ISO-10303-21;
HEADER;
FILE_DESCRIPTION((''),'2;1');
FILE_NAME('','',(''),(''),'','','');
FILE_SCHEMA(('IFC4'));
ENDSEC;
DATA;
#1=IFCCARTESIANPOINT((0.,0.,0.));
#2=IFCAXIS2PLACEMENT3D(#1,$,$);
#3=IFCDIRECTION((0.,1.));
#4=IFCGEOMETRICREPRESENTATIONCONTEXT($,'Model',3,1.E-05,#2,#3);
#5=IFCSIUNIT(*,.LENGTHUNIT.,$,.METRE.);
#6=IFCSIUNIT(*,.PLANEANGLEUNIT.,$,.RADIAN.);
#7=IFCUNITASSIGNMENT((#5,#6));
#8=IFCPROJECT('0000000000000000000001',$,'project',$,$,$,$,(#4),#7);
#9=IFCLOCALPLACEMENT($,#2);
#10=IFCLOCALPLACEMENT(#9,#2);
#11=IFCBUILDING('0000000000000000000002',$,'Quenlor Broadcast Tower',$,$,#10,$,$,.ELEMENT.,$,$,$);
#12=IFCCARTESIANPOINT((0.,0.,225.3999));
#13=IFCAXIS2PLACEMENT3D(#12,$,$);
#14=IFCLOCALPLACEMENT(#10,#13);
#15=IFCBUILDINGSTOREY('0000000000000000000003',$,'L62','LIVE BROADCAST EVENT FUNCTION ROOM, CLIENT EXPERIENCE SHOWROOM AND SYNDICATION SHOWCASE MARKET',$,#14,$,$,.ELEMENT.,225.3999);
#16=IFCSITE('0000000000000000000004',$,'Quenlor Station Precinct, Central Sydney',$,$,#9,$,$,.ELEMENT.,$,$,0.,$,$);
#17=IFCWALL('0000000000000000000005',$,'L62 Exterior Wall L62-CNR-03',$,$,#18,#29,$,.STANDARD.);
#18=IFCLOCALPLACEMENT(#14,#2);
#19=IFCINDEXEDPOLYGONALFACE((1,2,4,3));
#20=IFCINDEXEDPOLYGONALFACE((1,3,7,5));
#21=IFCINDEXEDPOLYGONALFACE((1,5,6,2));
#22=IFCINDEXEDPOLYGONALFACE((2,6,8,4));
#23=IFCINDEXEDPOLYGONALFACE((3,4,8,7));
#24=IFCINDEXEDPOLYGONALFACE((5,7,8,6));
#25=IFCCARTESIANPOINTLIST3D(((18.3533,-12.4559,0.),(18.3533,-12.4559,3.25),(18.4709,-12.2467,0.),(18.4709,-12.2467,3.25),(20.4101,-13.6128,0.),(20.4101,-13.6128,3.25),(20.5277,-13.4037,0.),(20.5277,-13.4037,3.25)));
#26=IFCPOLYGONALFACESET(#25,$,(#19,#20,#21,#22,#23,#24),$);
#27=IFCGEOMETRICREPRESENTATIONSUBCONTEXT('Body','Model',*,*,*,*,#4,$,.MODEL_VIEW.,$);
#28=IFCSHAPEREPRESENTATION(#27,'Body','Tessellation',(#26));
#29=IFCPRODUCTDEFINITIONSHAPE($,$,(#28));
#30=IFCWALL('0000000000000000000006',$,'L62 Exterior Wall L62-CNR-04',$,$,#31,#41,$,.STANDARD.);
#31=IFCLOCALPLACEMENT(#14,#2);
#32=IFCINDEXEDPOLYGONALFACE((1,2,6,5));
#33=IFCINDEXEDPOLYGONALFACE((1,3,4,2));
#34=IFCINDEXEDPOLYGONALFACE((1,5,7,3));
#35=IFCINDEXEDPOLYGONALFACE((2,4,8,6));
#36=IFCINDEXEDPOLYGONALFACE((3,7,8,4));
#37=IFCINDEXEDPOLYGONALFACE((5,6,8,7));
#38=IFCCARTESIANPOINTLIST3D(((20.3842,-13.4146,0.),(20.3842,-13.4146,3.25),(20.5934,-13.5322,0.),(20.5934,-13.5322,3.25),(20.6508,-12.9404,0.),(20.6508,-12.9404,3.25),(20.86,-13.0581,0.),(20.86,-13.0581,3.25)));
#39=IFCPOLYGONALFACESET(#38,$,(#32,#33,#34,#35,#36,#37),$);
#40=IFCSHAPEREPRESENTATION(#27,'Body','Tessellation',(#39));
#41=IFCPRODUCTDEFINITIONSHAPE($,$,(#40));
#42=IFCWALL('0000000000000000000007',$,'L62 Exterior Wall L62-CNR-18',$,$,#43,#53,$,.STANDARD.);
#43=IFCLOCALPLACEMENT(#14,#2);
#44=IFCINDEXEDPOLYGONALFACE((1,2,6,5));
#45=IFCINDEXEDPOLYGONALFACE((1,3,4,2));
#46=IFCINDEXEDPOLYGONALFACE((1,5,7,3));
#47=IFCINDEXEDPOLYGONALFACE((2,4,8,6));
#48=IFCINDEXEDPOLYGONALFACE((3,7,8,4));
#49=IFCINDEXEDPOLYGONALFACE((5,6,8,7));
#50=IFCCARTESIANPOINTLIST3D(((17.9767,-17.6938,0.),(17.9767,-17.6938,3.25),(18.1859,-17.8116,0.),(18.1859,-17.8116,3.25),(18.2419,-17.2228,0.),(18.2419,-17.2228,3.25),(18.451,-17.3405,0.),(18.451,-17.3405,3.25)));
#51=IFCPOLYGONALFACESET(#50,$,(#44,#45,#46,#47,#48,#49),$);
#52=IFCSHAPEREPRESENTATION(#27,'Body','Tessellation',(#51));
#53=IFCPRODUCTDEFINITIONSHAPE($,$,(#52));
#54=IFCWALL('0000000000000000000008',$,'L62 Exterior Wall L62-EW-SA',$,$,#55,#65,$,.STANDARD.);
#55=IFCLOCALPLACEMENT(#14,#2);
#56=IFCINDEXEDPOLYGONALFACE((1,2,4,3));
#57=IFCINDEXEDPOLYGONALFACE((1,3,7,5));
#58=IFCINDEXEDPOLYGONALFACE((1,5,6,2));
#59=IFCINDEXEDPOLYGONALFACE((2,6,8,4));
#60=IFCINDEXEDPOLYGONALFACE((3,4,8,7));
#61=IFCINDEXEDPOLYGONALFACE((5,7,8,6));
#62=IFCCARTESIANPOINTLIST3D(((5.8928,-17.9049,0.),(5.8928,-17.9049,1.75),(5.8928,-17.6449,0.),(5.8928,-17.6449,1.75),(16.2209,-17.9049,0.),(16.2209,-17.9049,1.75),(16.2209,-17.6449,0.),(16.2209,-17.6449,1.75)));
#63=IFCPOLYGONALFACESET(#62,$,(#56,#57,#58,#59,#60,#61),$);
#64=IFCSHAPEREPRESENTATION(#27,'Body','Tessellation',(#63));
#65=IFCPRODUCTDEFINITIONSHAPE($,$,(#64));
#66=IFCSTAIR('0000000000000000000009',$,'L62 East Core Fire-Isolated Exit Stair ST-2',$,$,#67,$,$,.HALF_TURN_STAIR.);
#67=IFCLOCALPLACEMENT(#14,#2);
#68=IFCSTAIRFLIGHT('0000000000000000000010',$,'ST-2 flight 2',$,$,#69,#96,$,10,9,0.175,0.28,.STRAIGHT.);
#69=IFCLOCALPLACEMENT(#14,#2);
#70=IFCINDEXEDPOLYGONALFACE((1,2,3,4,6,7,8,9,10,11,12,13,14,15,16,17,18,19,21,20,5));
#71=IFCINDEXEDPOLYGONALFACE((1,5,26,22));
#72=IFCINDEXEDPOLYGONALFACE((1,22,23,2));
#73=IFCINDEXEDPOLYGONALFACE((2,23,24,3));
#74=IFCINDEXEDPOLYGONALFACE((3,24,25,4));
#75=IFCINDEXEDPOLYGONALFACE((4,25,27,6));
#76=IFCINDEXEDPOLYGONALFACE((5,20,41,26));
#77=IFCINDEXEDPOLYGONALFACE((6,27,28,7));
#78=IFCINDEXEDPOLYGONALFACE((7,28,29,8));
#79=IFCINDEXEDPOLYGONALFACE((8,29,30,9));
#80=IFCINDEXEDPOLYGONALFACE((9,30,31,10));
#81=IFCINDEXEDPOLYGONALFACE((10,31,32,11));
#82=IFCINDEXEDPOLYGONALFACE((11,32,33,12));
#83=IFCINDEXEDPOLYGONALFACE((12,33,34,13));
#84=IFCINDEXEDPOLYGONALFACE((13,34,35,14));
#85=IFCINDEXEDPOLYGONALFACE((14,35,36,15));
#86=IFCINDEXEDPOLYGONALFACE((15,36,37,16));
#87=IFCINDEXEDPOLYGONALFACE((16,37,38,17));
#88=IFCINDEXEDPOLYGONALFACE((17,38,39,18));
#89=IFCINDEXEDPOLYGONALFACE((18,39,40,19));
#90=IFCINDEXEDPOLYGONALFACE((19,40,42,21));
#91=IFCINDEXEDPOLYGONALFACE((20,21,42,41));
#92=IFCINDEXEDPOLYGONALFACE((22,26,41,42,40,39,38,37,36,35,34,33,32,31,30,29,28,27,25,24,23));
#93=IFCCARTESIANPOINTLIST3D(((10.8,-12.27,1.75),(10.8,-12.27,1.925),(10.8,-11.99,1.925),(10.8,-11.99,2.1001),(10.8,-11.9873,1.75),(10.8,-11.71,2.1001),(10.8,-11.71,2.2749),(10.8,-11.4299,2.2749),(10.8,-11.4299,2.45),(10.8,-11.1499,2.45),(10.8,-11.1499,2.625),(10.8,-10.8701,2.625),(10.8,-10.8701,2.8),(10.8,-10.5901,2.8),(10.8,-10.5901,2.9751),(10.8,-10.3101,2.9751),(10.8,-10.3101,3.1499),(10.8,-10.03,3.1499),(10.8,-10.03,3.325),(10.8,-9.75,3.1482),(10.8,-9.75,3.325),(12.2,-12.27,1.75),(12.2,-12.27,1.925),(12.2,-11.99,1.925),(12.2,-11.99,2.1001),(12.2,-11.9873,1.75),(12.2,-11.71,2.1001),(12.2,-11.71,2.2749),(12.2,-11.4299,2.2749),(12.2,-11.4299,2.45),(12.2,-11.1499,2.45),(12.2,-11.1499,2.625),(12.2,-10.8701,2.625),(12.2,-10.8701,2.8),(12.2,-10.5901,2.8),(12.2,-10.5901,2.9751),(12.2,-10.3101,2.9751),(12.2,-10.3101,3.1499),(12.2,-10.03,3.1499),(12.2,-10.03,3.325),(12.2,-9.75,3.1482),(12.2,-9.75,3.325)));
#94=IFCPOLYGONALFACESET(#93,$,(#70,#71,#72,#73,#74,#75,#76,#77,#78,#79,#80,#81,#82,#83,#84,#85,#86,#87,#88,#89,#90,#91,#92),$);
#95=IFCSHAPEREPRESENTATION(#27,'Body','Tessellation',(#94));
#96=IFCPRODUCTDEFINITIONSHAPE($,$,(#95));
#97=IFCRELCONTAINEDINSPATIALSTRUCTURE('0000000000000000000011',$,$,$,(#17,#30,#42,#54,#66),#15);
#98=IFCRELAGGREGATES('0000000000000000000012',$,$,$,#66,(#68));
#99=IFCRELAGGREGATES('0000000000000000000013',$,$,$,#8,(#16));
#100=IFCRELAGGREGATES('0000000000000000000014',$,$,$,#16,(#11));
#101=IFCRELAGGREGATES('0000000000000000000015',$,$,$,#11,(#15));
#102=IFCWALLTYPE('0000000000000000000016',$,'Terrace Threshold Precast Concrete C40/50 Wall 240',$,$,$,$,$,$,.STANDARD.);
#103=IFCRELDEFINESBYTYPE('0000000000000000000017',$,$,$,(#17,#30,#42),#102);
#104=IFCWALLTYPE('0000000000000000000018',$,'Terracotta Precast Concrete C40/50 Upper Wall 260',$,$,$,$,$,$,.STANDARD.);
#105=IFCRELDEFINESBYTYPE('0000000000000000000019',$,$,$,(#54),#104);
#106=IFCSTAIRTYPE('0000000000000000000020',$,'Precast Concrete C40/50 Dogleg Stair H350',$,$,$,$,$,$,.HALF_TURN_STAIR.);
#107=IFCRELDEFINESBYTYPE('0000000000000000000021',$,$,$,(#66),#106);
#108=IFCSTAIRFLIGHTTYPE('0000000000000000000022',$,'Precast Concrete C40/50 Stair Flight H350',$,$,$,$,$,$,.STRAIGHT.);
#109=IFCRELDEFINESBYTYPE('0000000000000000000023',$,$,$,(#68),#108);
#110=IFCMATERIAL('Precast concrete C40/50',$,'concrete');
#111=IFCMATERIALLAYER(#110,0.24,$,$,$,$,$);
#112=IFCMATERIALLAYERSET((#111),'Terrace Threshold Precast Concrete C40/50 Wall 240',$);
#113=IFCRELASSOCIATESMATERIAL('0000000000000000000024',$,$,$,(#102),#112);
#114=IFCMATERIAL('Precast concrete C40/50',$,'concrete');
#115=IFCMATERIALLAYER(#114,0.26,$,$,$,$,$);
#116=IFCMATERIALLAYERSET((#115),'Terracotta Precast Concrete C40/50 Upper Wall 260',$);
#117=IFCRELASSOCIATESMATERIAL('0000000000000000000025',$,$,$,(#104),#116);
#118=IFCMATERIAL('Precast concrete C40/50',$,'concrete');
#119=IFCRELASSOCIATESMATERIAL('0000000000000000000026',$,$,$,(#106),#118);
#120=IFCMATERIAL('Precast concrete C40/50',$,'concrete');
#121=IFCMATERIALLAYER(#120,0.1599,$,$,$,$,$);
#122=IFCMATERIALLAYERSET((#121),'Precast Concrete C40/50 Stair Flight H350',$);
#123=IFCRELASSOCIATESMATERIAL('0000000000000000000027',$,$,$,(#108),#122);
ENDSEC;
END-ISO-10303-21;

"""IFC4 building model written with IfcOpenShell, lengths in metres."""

from ifc_helpers import new_model, si_unit, direction, frame, frame_2d, origin, place, context, subcontext, project, spatial, polyline, rectangle, outline, extrude, material, layer, layer_set, type_object, element, aggregate, save


model = new_model("IFC4")

# Units and contexts
model_context = context("Model", 3, precision=1e-05, world=origin(), true_north=direction((0.0, 1.0)))
body_context = subcontext(model_context, "Body", "Model", "MODEL_VIEW")
ifc_project = project(units=[si_unit("LENGTHUNIT", "METRE"), si_unit("PLANEANGLEUNIT", "RADIAN")], contexts=[model_context])

# Site, building, storey
site_placement = place(None, origin())
site = spatial("IfcSite", under=ifc_project, at=site_placement, Name="Quenlor Station Precinct, Central Sydney", CompositionType="ELEMENT", RefElevation=0.0)
building_placement = place(site_placement, origin())
building = spatial("IfcBuilding", under=site, at=building_placement, Name="Quenlor Broadcast Tower", CompositionType="ELEMENT")
storey_placement = place(building_placement, frame((0.0, 0.0, 225.3999)))
storey = spatial("IfcBuildingStorey", under=building, at=storey_placement, Name="L62", Description="LIVE BROADCAST EVENT FUNCTION ROOM, CLIENT EXPERIENCE SHOWROOM AND SYNDICATION SHOWCASE MARKET", CompositionType="ELEMENT", Elevation=225.3999)

# Walls
ifc_material_1 = material(Name="Precast concrete C40/50", Category="concrete")
ifc_layer_1 = layer(ifc_material_1, 0.24)
ifc_layer_set_1 = layer_set([ifc_layer_1], Name="Terrace Threshold Precast Concrete C40/50 Wall 240")
wall_type_1 = type_object("IfcWallType", Name="Terrace Threshold Precast Concrete C40/50 Wall 240", PredefinedType="STANDARD", material=ifc_layer_set_1)
wall_1_placement = place(storey_placement, frame((18.4121, -12.3513, 0.0), z_axis=(0.0, 0.0, 1.0), x_axis=(0.871578, -0.490256, 0.0)))
element("IfcWall", 1, at=wall_1_placement, inside=storey, type_object=wall_type_1, Name="L62 Exterior Wall L62-CNR-03", PredefinedType="STANDARD", context=body_context, shape_type="SweptSolid", body=[
    extrude(rectangle(XDim=2.3599, YDim=0.24, at=frame_2d((1.1799, 0.0))), origin(), (0.0, 0.0, 1.0), 3.25),
])
wall_2_placement = place(storey_placement, frame((20.4888, -13.4734, 0.0), z_axis=(0.0, 0.0, 1.0), x_axis=(0.490133, 0.871647, 0.0)))
element("IfcWall", 2, at=wall_2_placement, inside=storey, type_object=wall_type_1, Name="L62 Exterior Wall L62-CNR-04", PredefinedType="STANDARD", context=body_context, shape_type="SweptSolid", body=[
    extrude(rectangle(XDim=0.5439, YDim=0.24, at=frame_2d((0.272, 0.0))), origin(), (0.0, 0.0, 1.0), 3.25),
])
wall_3_placement = place(storey_placement, frame((18.0813, -17.7527, 0.0), z_axis=(0.0, 0.0, 1.0), x_axis=(0.490583, 0.871395, 0.0)))
element("IfcWall", 3, at=wall_3_placement, inside=storey, type_object=wall_type_1, Name="L62 Exterior Wall L62-CNR-18", PredefinedType="STANDARD", context=body_context, shape_type="SweptSolid", body=[
    extrude(rectangle(XDim=0.5405, YDim=0.24, at=frame_2d((0.2703, 0.0))), origin(), (0.0, 0.0, 1.0), 3.25),
])
ifc_material_2 = material(Name="Precast concrete C40/50", Category="concrete")
ifc_layer_2 = layer(ifc_material_2, 0.26)
ifc_layer_set_2 = layer_set([ifc_layer_2], Name="Terracotta Precast Concrete C40/50 Upper Wall 260")
wall_type_2 = type_object("IfcWallType", Name="Terracotta Precast Concrete C40/50 Upper Wall 260", PredefinedType="STANDARD", material=ifc_layer_set_2)
wall_4_placement = place(storey_placement, frame((16.2209, -17.7749, 0.0), z_axis=(0.0, 0.0, 1.0), x_axis=(-1.0, 0.0, 0.0)))
element("IfcWall", 4, at=wall_4_placement, inside=storey, type_object=wall_type_2, Name="L62 Exterior Wall L62-EW-SA", PredefinedType="STANDARD", context=body_context, shape_type="SweptSolid", body=[
    extrude(rectangle(XDim=10.3281, YDim=0.26, at=frame_2d((5.1641, 0.0))), origin(), (0.0, 0.0, 1.0), 1.75),
])

# Stair, stair flight
ifc_material_3 = material(Name="Precast concrete C40/50", Category="concrete")
stair_type = type_object("IfcStairType", Name="Precast Concrete C40/50 Dogleg Stair H350", PredefinedType="HALF_TURN_STAIR", material=ifc_material_3)
stair_placement = place(storey_placement, origin())
stair = element("IfcStair", 5, at=stair_placement, inside=storey, type_object=stair_type, Name="L62 East Core Fire-Isolated Exit Stair ST-2", PredefinedType="HALF_TURN_STAIR")
ifc_material_4 = material(Name="Precast concrete C40/50", Category="concrete")
ifc_layer_3 = layer(ifc_material_4, 0.1599)
ifc_layer_set_3 = layer_set([ifc_layer_3], Name="Precast Concrete C40/50 Stair Flight H350")
stair_flight_type = type_object("IfcStairFlightType", Name="Precast Concrete C40/50 Stair Flight H350", PredefinedType="STRAIGHT", material=ifc_layer_set_3)
stair_flight_placement = place(storey_placement, frame((11.5, -12.27, 1.75), z_axis=(0.0, 0.0, 1.0), x_axis=(0.0, 1.0, 0.0)))
stair_flight = element("IfcStairFlight", 6, at=stair_flight_placement, type_object=stair_flight_type, Name="ST-2 flight 2", NumberOfRisers=10, NumberOfTreads=9, PredefinedType="STRAIGHT", RiserHeight=0.175, TreadLength=0.28, context=body_context, shape_type="SweptSolid", body=[
    extrude(outline(polyline([(0.0, 0.0), (0.0, 0.175), (0.28, 0.175), (0.28, 0.3501), (0.5601, 0.3501), (0.5601, 0.5249), (0.8401, 0.5249), (0.8401, 0.7), (1.1201, 0.7), (1.1201, 0.875), (1.3999, 0.875), (1.3999, 1.05), (1.6799, 1.05), (1.6799, 1.2251), (1.96, 1.2251), (1.96, 1.3999), (2.24, 1.3999), (2.24, 1.575), (2.52, 1.575), (2.52, 1.75), (2.52, 1.3982), (0.2827, 0.0), (0.0, 0.0)])), frame((0.0, 0.7, 0.0), z_axis=(0.0, -1.0, 0.0), x_axis=(1.0, 0.0, 0.0)), (0.0, 0.0, 1.0), 1.3999),
])
aggregate(stair, [stair_flight])

save(model, "model.ifc")
